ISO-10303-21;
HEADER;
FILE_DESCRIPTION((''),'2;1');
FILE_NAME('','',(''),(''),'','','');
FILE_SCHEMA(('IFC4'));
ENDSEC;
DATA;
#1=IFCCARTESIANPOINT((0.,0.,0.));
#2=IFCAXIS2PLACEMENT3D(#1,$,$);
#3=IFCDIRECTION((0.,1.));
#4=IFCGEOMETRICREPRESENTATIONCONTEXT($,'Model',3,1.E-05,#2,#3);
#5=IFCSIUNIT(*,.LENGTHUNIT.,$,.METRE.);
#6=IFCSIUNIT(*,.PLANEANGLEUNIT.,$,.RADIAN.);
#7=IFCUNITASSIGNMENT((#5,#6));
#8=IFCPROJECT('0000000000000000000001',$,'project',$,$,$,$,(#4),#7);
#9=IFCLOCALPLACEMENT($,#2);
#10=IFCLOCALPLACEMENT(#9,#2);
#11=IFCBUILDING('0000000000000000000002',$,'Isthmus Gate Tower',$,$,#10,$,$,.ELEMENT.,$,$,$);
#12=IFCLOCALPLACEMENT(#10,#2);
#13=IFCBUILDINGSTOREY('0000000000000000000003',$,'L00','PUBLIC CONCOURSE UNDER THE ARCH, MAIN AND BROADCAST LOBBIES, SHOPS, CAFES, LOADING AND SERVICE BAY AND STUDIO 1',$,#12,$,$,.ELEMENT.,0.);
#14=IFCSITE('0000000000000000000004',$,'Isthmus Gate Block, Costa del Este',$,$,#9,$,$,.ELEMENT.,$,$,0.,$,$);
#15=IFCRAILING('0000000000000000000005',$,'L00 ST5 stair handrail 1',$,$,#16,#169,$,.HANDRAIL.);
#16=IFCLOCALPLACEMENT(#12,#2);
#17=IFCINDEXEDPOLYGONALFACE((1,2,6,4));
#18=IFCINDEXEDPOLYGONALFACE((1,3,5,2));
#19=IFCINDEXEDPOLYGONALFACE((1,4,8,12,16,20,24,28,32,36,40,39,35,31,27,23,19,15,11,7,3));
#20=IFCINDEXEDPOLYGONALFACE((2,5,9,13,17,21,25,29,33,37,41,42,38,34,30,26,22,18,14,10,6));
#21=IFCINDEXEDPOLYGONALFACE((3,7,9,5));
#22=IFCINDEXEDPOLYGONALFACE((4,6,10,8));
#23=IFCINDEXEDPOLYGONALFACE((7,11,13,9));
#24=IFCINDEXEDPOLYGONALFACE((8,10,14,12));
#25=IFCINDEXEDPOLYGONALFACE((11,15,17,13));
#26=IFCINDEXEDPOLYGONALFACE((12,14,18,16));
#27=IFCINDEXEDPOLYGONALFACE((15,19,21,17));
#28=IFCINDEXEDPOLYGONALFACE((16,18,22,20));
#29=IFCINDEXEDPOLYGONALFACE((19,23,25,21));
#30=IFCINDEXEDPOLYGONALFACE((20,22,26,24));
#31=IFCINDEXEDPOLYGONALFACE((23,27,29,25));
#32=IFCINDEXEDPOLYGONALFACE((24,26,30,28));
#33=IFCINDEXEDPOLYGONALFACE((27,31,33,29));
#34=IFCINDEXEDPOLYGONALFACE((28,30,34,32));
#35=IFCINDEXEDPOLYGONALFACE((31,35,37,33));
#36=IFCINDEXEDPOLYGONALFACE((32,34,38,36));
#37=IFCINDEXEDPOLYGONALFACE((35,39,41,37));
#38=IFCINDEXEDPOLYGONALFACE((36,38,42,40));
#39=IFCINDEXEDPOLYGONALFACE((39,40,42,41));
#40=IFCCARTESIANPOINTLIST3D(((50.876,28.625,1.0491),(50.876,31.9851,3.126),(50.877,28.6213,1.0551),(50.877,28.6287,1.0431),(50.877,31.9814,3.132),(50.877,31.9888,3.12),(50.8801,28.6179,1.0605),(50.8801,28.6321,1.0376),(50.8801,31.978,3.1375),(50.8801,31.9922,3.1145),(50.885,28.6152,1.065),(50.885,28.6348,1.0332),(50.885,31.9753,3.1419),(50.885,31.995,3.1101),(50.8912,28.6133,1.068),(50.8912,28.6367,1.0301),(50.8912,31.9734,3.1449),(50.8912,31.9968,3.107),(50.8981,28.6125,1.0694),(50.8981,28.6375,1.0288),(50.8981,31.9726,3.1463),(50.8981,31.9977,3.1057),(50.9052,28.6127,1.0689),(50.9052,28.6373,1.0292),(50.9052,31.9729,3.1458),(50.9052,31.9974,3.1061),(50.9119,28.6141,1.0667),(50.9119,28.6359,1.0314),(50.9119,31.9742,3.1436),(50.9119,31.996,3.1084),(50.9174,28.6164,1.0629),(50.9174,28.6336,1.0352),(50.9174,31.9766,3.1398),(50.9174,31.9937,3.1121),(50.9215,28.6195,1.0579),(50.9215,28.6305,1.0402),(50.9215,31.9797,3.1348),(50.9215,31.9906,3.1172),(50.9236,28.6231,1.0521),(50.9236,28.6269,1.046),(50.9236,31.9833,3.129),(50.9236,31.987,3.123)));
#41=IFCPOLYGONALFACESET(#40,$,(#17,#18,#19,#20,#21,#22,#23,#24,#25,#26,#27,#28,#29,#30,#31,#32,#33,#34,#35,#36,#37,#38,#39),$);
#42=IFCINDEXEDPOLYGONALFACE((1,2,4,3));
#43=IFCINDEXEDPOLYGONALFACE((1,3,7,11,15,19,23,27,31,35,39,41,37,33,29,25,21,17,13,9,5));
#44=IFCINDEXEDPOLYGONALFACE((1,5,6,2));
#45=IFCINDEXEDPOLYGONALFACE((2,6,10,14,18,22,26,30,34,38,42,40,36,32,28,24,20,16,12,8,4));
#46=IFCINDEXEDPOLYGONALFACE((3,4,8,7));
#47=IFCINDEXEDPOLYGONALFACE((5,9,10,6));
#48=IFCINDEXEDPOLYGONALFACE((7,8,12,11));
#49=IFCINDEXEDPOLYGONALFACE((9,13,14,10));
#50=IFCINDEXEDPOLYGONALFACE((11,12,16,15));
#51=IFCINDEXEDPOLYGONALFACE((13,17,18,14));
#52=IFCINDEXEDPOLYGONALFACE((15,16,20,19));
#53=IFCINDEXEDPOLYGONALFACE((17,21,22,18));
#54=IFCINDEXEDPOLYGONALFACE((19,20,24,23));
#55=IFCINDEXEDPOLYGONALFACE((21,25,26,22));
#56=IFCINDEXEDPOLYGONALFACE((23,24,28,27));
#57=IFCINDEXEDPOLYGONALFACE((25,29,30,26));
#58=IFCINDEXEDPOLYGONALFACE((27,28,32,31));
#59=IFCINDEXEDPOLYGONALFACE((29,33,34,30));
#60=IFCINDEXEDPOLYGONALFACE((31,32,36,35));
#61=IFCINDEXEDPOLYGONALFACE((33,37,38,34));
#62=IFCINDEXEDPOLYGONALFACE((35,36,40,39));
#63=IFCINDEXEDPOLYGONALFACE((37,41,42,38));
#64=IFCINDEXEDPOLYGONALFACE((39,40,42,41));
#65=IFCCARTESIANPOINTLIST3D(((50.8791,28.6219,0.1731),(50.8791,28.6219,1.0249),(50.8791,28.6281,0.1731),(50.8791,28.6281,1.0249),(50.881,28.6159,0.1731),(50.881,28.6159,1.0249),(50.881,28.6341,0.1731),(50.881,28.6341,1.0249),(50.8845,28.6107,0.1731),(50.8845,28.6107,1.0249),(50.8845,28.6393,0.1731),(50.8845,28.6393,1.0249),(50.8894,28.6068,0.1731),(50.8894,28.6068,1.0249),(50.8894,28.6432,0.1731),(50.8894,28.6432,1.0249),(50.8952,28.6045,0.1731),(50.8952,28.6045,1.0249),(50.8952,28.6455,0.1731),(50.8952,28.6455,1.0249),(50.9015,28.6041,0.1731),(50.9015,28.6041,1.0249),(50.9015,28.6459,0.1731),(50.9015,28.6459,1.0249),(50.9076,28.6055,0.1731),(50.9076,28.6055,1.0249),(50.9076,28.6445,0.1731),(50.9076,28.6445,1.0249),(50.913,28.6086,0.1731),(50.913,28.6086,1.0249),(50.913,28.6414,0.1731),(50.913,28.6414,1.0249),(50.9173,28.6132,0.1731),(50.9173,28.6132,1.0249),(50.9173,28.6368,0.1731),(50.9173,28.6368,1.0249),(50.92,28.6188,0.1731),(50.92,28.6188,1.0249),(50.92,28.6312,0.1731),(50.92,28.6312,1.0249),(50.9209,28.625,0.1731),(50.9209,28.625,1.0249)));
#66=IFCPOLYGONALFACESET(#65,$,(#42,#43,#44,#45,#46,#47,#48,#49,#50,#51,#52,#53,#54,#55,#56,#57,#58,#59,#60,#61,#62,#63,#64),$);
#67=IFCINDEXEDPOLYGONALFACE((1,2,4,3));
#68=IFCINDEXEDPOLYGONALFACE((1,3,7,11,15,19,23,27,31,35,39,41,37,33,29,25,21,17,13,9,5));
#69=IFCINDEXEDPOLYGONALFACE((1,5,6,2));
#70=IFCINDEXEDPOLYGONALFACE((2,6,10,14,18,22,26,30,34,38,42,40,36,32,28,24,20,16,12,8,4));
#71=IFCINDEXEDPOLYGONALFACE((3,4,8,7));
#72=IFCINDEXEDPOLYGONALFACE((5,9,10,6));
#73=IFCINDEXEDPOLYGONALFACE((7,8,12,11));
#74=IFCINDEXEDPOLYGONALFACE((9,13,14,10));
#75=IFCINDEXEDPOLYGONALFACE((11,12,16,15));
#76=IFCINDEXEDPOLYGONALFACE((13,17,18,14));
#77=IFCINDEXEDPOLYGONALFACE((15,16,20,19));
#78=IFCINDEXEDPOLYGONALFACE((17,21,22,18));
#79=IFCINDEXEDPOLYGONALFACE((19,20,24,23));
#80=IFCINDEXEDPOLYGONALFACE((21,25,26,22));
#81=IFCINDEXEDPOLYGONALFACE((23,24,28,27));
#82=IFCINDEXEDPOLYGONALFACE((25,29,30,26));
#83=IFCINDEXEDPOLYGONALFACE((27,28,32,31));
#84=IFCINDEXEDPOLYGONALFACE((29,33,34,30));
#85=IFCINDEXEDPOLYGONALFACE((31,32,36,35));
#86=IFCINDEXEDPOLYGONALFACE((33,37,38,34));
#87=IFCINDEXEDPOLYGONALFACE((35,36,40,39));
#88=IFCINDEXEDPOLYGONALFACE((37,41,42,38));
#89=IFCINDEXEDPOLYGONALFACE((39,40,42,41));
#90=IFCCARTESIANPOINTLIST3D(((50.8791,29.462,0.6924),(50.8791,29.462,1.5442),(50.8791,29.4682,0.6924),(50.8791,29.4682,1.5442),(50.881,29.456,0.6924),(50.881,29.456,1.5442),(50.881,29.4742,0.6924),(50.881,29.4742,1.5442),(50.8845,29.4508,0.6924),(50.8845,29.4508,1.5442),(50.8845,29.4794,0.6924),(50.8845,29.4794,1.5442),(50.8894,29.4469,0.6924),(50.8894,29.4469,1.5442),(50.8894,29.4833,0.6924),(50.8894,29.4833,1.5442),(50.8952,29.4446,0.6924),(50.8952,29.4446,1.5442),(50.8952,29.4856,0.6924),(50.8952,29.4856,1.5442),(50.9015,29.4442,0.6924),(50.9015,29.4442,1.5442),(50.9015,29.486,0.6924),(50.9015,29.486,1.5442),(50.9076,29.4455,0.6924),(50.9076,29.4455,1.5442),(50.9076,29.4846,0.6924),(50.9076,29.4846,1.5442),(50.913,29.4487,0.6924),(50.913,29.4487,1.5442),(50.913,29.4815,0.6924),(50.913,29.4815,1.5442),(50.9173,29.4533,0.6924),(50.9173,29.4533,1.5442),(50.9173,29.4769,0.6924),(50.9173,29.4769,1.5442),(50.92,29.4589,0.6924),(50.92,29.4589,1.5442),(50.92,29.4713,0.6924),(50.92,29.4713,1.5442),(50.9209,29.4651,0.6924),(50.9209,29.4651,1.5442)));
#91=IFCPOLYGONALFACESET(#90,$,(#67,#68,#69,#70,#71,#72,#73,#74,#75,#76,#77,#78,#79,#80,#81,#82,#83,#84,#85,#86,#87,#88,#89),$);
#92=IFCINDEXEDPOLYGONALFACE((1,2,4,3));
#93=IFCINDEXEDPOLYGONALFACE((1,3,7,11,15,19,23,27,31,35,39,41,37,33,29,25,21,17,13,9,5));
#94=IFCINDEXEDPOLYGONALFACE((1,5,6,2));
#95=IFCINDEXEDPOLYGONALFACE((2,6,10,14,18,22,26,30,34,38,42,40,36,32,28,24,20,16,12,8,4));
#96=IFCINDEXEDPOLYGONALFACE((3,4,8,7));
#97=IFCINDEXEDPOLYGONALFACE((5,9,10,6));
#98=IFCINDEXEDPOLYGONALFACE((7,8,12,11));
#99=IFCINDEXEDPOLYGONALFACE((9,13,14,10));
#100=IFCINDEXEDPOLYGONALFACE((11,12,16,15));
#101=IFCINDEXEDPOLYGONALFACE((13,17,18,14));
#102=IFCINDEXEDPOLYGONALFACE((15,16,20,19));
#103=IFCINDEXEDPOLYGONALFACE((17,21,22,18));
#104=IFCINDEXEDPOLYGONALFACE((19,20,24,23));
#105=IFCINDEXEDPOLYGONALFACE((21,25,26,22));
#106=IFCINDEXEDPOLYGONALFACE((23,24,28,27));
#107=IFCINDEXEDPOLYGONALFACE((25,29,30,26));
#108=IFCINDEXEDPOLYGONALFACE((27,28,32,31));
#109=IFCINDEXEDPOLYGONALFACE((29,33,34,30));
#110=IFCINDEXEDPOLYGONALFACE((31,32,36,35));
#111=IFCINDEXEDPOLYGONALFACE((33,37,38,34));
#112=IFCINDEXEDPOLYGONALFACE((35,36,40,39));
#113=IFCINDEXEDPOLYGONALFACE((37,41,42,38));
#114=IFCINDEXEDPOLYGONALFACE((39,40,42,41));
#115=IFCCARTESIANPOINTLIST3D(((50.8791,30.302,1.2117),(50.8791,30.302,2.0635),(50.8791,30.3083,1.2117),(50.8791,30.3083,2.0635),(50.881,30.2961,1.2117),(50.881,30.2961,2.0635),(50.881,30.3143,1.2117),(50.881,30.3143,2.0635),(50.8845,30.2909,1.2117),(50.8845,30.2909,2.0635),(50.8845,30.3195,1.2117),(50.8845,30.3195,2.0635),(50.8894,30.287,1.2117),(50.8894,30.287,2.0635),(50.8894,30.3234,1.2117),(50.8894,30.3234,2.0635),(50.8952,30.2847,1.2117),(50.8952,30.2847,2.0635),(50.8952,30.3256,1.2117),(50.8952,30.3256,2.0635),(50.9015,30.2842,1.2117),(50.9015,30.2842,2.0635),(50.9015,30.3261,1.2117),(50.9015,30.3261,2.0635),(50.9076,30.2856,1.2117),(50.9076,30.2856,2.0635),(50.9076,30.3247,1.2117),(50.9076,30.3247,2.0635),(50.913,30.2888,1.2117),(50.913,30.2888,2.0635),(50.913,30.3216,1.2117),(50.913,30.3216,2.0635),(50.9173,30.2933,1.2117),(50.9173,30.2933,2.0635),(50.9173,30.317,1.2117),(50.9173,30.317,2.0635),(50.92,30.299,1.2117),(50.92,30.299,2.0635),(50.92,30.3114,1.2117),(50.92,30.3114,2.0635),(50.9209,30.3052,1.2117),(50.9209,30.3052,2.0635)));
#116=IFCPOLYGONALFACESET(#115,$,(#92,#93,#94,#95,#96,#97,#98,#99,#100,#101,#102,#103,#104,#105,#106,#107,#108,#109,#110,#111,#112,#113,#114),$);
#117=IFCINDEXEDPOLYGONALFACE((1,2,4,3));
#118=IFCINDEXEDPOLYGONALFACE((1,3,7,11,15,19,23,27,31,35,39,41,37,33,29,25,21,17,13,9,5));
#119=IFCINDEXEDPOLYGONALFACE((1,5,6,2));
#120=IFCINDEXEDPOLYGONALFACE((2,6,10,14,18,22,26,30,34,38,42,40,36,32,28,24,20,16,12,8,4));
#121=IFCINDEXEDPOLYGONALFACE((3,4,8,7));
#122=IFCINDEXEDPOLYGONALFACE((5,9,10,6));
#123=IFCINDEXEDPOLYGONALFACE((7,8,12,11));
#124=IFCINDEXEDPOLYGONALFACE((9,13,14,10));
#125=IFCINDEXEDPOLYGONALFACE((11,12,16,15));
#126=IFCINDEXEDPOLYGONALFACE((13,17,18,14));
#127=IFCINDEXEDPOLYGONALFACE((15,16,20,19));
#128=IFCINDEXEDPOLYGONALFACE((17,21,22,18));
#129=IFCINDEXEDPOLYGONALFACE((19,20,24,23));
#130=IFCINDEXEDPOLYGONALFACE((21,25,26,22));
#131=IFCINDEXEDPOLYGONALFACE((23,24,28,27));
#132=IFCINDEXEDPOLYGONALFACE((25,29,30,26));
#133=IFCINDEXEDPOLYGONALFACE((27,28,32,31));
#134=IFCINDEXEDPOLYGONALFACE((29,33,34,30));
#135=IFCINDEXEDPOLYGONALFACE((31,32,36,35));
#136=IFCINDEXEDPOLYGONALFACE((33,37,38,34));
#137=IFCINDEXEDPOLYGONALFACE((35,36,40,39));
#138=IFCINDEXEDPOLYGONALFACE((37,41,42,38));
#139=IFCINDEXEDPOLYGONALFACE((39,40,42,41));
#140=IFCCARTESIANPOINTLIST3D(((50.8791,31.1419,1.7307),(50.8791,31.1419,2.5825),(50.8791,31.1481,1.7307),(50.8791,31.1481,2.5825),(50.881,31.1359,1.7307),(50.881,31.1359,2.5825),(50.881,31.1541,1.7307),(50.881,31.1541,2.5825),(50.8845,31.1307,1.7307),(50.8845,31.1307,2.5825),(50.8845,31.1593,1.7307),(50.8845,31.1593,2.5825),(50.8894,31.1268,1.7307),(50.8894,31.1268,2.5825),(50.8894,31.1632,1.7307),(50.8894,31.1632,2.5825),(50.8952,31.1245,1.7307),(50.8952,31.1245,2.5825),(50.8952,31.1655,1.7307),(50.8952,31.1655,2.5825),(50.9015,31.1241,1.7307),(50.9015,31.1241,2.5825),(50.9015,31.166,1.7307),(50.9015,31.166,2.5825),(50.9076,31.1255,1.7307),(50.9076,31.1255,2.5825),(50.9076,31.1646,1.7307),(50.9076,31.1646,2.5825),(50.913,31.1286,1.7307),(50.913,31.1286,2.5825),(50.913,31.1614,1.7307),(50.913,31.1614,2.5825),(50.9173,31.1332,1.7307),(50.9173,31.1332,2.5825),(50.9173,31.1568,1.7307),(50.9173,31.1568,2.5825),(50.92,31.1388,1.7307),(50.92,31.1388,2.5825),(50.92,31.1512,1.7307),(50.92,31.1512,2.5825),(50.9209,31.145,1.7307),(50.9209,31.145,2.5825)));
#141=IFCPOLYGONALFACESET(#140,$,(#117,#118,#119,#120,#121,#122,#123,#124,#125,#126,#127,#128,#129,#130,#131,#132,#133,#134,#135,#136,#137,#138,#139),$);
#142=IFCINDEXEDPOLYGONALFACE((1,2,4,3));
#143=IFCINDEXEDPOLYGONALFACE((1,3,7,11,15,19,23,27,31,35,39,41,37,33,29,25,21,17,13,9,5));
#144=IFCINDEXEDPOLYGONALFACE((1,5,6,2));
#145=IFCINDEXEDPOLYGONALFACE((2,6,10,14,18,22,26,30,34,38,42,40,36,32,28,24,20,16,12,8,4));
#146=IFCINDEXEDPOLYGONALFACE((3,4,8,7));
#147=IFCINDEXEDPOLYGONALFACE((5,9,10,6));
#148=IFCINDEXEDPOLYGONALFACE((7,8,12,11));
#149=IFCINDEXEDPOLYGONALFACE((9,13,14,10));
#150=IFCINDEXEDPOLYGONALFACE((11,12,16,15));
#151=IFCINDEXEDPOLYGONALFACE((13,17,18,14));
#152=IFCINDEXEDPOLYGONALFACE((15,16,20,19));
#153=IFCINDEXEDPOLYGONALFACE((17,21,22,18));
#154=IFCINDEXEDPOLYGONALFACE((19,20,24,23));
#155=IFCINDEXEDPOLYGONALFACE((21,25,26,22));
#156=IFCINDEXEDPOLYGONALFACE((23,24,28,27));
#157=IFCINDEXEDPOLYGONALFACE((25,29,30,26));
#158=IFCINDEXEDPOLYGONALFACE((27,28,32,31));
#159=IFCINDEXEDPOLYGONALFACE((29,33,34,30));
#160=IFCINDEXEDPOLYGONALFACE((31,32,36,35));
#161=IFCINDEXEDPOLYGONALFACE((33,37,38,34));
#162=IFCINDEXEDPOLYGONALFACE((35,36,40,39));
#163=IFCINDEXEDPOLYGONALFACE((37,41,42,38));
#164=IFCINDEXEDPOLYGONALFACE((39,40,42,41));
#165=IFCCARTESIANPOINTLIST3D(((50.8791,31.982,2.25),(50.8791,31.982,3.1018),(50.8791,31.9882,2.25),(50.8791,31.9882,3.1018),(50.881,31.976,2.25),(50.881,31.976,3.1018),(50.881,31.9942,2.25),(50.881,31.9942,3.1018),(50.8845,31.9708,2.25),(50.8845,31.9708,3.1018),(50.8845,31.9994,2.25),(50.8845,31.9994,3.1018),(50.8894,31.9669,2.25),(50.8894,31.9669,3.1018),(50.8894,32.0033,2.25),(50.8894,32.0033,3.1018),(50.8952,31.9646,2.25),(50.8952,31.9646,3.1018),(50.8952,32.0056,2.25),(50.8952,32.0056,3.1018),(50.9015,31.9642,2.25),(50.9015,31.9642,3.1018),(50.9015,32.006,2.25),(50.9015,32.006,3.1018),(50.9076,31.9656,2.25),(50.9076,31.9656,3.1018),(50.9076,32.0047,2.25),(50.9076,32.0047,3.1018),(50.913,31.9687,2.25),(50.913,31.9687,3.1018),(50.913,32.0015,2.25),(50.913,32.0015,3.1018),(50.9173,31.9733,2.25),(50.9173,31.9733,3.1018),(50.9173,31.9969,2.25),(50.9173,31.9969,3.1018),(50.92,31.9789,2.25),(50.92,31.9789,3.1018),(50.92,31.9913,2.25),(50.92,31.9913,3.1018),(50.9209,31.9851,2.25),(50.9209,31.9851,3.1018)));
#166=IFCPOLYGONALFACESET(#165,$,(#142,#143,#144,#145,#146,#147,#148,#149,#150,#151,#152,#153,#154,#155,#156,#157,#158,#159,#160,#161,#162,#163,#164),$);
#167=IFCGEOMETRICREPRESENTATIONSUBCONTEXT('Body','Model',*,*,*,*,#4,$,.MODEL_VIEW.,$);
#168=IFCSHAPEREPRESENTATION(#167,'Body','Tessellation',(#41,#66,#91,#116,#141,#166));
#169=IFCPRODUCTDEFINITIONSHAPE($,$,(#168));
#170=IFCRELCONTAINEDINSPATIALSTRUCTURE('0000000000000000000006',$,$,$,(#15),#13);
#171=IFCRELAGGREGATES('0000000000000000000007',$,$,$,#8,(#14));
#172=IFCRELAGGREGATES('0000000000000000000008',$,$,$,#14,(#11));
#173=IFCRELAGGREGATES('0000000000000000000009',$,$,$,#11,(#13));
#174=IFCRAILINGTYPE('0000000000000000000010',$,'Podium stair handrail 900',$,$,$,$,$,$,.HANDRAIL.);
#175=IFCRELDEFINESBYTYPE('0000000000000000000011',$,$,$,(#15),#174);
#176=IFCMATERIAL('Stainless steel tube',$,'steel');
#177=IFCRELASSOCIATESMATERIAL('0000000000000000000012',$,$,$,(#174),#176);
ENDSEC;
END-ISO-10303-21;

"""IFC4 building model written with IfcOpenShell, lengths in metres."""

from ifc_helpers import new_model, si_unit, direction, frame, origin, origin_2d, place, context, subcontext, project, spatial, circle, extrude, material, type_object, element, save


model = new_model("IFC4")

# Units and contexts
model_context = context("Model", 3, precision=1e-05, world=origin(), true_north=direction((0.0, 1.0)))
body_context = subcontext(model_context, "Body", "Model", "MODEL_VIEW")
ifc_project = project(units=[si_unit("LENGTHUNIT", "METRE"), si_unit("PLANEANGLEUNIT", "RADIAN")], contexts=[model_context])

# Site, building, storey
site_placement = place(None, origin())
site = spatial("IfcSite", under=ifc_project, at=site_placement, Name="Isthmus Gate Block, Costa del Este", CompositionType="ELEMENT", RefElevation=0.0)
building_placement = place(site_placement, origin())
building = spatial("IfcBuilding", under=site, at=building_placement, Name="Isthmus Gate Tower", CompositionType="ELEMENT")
storey_placement = place(building_placement, origin())
storey = spatial("IfcBuildingStorey", under=building, at=storey_placement, Name="L00", Description="PUBLIC CONCOURSE UNDER THE ARCH, MAIN AND BROADCAST LOBBIES, SHOPS, CAFES, LOADING AND SERVICE BAY AND STUDIO 1", CompositionType="ELEMENT", Elevation=0.0)

# Railing
ifc_material_1 = material(Name="Stainless steel tube", Category="steel")
railing_type_1 = type_object("IfcRailingType", Name="Podium stair handrail 900", PredefinedType="HANDRAIL", material=ifc_material_1)
railing_1_placement = place(storey_placement, frame((50.8999, 28.625, 0.1731)))
element("IfcRailing", 1, at=railing_1_placement, inside=storey, type_object=railing_type_1, Name="L00 ST5 stair handrail 1", PredefinedType="HANDRAIL", context=body_context, shape_type="SweptSolid", body=[
    extrude(circle(Radius=0.0239, at=origin_2d()), frame((0.0, 0.0, 0.876), z_axis=(0.0, 0.850623, 0.525776), x_axis=(-1.0, 0.0, 0.0)), (0.0, 0.0, 1.0), 3.9502),
    extrude(circle(Radius=0.021, at=origin_2d()), origin(), (0.0, 0.0, 1.0), 0.8518),
    extrude(circle(Radius=0.021, at=origin_2d()), frame((0.0, 0.8401, 0.5193)), (0.0, 0.0, 1.0), 0.8518),
    extrude(circle(Radius=0.021, at=origin_2d()), frame((0.0, 1.6802, 1.0386)), (0.0, 0.0, 1.0), 0.8518),
    extrude(circle(Radius=0.021, at=origin_2d()), frame((0.0, 2.52, 1.5576)), (0.0, 0.0, 1.0), 0.8518),
    extrude(circle(Radius=0.021, at=origin_2d()), frame((0.0, 3.3601, 2.0769)), (0.0, 0.0, 1.0), 0.8518),
])

save(model, "model.ifc")
